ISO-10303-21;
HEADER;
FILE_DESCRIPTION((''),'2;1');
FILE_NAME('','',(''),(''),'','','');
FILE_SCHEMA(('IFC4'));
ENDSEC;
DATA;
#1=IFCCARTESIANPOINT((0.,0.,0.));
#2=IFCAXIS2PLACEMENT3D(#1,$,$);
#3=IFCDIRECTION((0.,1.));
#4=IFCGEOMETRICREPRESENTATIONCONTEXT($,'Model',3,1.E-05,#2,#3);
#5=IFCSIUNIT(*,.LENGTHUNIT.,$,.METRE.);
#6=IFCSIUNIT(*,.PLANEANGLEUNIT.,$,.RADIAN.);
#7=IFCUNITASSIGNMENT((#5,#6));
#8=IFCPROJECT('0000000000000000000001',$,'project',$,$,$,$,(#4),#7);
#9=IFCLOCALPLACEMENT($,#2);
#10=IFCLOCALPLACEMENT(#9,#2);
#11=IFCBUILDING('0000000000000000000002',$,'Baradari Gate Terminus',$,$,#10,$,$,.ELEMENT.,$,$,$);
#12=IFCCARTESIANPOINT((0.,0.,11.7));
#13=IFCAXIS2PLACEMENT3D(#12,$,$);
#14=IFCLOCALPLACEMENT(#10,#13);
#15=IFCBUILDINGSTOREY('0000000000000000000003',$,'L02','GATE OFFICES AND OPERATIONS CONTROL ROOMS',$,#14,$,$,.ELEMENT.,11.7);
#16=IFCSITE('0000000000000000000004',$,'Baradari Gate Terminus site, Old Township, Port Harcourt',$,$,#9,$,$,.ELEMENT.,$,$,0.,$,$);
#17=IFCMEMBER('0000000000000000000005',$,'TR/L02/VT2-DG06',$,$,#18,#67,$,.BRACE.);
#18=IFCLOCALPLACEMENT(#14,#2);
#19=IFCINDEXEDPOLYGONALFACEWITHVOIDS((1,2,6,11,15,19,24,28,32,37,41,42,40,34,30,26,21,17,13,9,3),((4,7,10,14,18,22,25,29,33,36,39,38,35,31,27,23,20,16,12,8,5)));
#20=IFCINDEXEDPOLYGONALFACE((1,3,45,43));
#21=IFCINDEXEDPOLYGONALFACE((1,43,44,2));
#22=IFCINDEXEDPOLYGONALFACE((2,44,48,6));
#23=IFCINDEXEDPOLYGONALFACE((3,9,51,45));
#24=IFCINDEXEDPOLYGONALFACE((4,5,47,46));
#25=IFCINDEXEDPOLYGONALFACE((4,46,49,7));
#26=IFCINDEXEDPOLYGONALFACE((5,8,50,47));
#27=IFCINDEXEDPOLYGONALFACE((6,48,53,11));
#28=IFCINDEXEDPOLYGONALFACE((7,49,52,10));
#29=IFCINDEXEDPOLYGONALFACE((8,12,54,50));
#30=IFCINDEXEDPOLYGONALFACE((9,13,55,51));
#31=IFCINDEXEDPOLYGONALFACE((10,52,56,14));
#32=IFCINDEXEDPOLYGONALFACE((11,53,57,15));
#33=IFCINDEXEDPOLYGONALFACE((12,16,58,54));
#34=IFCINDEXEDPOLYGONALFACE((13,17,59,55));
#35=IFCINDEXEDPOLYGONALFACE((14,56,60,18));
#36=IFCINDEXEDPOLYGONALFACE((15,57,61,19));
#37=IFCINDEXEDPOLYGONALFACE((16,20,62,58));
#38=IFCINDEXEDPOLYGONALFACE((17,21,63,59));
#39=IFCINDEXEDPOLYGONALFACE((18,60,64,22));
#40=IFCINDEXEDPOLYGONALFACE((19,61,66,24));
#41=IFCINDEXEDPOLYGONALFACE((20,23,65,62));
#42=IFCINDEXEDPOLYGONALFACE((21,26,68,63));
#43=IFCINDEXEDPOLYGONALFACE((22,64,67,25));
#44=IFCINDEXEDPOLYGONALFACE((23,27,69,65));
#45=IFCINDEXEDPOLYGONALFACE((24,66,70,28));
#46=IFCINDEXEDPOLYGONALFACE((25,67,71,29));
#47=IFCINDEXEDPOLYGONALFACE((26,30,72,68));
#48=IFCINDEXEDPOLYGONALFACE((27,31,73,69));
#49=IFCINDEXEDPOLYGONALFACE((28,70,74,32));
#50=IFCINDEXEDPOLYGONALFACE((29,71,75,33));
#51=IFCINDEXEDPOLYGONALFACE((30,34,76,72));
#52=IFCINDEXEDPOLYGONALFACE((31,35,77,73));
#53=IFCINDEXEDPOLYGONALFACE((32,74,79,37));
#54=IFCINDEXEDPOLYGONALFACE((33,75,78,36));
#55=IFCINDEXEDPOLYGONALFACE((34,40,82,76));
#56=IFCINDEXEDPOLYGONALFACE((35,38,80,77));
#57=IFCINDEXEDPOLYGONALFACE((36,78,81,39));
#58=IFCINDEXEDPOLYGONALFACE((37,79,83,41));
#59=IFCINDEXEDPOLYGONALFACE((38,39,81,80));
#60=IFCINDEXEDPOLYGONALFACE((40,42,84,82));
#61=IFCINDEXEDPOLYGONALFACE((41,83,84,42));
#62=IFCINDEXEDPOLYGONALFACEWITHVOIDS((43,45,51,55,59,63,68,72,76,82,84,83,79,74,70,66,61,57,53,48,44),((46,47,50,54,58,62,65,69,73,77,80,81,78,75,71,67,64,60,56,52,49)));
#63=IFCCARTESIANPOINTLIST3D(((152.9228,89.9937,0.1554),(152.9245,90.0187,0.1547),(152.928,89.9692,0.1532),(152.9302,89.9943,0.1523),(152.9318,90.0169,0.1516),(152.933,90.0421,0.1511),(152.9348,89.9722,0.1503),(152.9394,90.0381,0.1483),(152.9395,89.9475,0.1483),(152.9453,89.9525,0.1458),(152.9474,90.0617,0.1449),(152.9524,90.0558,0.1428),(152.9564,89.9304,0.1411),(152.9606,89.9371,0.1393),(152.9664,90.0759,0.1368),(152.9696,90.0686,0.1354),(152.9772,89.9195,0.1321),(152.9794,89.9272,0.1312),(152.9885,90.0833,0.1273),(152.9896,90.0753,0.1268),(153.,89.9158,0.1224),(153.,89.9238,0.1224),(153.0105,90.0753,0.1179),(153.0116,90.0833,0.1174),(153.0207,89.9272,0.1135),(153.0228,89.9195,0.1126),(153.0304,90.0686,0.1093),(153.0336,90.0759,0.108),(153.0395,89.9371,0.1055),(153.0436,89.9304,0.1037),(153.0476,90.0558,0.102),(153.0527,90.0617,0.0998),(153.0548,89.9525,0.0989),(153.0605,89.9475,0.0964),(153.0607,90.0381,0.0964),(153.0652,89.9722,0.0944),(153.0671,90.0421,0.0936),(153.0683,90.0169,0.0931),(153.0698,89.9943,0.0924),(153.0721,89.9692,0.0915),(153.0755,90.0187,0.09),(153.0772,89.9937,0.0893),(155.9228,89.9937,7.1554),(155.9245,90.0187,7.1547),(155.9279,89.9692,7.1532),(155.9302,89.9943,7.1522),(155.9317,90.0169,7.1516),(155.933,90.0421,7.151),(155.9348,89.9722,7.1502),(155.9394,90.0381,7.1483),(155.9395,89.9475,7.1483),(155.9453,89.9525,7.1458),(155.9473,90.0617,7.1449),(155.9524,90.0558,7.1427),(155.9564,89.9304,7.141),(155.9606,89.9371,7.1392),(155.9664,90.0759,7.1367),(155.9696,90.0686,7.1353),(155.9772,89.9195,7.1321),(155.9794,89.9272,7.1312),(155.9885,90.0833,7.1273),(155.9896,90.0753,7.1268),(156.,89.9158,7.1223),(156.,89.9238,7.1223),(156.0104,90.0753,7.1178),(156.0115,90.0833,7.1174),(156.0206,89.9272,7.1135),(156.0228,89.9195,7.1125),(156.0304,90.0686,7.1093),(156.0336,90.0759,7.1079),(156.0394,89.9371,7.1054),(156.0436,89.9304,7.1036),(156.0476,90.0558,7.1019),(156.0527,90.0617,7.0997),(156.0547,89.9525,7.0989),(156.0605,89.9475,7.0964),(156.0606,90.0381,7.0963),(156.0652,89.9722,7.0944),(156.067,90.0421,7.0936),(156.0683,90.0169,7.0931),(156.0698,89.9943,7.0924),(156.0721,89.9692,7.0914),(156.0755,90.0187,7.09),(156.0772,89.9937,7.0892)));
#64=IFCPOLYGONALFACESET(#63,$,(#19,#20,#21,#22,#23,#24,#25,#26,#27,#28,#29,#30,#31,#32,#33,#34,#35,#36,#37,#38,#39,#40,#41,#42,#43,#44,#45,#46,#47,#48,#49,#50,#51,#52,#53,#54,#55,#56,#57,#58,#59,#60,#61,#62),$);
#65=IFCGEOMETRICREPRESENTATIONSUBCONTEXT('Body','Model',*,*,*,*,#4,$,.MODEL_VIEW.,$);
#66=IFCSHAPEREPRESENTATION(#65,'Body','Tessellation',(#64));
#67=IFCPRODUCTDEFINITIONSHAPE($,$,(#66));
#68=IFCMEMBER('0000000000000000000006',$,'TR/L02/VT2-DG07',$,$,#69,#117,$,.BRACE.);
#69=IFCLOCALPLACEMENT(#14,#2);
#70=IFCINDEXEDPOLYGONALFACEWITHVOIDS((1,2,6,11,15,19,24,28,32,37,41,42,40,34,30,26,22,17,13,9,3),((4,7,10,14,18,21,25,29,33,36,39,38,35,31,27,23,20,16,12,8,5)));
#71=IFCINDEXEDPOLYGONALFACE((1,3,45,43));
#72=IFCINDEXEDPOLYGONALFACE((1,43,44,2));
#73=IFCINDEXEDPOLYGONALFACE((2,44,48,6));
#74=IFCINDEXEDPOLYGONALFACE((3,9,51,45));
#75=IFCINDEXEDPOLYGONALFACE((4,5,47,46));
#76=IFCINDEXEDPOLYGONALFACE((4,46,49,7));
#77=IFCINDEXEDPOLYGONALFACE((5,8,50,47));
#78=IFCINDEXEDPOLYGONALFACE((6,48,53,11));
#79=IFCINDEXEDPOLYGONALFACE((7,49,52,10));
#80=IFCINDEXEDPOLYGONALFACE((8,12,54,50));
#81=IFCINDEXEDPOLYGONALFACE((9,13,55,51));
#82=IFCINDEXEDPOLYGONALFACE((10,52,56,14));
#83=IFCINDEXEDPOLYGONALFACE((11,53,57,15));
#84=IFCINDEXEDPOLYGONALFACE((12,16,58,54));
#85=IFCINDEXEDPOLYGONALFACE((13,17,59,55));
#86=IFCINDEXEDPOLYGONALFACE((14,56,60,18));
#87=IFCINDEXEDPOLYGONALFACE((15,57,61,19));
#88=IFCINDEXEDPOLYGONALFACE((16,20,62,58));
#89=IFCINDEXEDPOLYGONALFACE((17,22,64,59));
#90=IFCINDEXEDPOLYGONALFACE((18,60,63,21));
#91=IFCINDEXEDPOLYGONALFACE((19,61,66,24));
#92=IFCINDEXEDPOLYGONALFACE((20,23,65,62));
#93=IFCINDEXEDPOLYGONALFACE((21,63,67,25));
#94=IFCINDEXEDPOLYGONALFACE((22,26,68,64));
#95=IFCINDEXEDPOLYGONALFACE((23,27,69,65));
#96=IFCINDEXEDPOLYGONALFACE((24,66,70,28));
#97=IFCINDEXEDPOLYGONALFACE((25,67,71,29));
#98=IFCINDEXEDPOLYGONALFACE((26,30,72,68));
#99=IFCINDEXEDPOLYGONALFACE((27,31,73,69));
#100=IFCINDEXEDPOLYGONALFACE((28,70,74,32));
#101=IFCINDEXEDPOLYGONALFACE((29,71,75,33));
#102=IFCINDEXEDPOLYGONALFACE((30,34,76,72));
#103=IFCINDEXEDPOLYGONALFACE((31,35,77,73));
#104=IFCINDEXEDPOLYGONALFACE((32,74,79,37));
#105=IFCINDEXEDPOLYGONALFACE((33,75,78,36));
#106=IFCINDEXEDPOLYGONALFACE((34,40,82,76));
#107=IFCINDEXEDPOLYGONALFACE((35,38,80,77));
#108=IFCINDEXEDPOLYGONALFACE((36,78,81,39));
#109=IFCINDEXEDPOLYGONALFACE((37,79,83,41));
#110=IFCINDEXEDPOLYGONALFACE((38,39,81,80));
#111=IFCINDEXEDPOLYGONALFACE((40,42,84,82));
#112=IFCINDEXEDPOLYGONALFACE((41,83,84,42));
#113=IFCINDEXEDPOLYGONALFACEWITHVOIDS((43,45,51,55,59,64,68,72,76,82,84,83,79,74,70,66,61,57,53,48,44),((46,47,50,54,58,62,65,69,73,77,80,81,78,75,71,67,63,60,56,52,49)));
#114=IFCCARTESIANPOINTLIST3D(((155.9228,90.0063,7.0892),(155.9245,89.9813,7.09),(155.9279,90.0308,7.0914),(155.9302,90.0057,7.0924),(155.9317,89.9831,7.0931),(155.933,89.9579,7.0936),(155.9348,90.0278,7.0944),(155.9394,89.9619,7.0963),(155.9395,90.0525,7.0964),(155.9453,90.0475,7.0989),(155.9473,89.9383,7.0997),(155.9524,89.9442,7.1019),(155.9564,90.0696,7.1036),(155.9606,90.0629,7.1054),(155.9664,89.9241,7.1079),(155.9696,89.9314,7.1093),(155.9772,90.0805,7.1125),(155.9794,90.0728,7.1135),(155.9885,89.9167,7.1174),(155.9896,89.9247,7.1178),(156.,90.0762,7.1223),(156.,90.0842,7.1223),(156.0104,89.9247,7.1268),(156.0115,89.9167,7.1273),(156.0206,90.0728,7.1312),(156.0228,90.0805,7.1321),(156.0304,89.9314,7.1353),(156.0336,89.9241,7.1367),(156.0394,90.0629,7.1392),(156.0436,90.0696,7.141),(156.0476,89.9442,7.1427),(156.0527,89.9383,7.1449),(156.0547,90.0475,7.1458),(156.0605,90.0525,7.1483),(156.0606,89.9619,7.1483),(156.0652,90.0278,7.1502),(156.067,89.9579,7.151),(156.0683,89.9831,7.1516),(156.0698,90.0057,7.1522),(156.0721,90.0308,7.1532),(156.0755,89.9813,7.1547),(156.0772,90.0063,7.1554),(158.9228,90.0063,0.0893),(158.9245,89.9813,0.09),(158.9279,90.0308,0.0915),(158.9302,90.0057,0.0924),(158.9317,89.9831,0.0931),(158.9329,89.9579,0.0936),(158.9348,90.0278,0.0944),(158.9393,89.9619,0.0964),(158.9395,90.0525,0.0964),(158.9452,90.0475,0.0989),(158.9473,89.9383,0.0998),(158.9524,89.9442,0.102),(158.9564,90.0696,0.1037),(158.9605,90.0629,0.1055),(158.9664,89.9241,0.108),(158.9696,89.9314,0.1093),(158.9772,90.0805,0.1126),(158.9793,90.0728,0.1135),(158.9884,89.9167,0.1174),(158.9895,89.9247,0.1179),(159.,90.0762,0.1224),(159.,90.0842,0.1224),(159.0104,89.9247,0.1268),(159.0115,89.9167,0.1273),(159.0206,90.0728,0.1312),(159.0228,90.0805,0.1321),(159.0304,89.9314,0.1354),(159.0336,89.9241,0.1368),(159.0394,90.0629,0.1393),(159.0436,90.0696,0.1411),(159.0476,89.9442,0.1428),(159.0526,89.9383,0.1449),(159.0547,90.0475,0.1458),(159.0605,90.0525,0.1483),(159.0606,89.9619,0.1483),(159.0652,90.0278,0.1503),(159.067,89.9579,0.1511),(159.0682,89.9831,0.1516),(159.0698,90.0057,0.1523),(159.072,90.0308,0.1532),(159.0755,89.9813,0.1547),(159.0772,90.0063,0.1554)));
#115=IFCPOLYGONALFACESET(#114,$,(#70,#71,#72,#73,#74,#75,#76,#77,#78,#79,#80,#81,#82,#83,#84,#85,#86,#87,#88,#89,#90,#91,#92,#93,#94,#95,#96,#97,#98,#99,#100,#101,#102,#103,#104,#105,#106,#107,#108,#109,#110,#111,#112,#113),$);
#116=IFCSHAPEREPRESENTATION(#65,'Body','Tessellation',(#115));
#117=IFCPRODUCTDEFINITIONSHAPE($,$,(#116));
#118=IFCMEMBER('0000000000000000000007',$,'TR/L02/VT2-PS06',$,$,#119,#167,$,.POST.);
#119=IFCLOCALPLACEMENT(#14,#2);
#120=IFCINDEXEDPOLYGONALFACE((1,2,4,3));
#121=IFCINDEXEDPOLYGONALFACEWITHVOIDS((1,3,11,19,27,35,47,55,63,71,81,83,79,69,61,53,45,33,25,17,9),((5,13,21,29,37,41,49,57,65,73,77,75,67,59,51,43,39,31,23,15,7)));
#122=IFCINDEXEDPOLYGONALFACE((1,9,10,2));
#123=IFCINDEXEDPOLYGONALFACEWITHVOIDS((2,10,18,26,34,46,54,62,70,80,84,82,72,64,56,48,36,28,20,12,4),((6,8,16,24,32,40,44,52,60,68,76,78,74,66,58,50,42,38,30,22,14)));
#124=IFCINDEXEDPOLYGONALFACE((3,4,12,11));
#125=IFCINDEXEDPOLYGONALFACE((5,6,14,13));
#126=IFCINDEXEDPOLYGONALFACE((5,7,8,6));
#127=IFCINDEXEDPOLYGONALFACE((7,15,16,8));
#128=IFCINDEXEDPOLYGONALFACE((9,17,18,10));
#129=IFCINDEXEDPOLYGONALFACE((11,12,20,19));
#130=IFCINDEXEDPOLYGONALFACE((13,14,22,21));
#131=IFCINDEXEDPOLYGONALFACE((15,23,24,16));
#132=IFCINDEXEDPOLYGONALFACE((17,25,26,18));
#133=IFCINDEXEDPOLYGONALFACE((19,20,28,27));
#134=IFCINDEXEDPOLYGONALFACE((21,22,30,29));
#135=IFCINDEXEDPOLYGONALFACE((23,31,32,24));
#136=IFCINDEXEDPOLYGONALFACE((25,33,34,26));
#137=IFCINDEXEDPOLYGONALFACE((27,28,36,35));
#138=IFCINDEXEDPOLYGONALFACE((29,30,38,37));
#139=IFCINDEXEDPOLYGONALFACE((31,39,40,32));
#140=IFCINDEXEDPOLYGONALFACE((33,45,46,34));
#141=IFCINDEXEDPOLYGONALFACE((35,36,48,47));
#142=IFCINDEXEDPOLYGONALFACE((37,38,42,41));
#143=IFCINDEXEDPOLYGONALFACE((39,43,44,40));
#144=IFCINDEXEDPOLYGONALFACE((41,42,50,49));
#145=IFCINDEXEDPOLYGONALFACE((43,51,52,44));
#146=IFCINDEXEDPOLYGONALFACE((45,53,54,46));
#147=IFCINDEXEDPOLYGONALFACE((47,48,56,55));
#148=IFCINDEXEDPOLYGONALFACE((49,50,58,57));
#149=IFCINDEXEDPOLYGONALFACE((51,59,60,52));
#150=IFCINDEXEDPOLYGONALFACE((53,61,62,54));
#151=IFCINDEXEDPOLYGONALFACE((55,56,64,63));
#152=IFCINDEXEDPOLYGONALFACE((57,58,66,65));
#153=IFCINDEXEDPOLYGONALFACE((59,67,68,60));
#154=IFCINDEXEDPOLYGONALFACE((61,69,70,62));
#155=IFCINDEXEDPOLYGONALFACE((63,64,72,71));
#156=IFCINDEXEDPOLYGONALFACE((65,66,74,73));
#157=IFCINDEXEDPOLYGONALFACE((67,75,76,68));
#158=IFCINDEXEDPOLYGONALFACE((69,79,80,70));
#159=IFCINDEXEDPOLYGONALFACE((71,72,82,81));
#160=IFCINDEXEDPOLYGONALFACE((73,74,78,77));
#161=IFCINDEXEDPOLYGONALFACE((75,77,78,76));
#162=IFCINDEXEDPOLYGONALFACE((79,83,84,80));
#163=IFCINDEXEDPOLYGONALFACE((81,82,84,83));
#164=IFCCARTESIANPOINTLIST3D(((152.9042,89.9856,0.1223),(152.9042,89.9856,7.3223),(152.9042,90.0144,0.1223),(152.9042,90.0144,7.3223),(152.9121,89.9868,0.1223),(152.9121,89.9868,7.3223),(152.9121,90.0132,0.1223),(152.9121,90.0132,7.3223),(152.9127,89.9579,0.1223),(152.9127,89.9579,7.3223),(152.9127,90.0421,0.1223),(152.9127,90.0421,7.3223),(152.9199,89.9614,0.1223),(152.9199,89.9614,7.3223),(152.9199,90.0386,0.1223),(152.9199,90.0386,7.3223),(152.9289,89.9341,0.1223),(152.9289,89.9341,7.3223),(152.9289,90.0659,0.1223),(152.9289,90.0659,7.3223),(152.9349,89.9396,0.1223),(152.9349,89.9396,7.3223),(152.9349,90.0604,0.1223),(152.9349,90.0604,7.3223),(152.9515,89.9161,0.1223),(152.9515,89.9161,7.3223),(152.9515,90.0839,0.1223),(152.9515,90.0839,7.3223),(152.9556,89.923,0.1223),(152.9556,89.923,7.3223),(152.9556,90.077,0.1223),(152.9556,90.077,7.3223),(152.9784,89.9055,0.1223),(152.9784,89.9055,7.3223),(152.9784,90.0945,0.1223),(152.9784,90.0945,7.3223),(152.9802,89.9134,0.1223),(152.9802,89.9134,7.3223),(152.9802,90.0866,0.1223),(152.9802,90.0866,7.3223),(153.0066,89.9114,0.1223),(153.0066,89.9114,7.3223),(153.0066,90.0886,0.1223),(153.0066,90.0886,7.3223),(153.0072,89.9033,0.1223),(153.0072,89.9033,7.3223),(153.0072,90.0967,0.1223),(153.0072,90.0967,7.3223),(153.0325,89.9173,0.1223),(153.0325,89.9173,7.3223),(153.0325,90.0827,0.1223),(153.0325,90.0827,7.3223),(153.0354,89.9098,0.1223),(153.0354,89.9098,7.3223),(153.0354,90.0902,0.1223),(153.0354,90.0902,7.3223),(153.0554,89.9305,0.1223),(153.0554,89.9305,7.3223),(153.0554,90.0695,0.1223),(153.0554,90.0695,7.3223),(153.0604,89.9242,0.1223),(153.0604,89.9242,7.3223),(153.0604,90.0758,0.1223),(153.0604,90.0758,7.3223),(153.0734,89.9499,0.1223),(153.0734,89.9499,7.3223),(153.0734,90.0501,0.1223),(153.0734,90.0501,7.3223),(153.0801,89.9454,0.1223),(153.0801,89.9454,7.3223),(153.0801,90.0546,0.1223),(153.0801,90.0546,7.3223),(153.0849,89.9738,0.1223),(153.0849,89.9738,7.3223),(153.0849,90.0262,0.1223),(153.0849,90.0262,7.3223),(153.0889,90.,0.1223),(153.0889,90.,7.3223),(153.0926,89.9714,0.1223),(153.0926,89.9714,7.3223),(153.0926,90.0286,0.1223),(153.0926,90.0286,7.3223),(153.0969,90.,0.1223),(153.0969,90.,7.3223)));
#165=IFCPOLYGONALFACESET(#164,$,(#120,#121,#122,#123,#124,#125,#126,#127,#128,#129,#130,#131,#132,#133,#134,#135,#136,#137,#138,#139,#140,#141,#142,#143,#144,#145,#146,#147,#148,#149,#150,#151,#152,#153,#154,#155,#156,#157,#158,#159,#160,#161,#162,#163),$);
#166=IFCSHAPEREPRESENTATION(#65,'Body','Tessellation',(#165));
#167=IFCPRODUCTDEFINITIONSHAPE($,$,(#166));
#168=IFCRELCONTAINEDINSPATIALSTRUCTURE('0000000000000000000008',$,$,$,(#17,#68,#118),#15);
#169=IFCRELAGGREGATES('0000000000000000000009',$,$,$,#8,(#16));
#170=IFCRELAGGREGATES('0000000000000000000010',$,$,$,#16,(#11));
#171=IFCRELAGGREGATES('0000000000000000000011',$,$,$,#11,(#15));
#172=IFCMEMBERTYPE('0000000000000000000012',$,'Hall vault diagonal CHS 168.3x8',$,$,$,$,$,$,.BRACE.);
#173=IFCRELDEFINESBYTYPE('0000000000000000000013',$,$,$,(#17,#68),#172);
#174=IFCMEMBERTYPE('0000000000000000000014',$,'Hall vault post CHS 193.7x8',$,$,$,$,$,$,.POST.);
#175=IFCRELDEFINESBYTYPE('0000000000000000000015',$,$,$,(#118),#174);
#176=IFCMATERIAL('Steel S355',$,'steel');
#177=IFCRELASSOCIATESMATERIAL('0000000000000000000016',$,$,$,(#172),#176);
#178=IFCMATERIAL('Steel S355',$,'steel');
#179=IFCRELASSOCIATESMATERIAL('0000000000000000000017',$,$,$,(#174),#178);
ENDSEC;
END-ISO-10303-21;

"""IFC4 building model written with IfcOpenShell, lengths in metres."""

from ifc_helpers import new_model, si_unit, direction, frame, origin, origin_2d, place, context, subcontext, project, spatial, hollow_circle, extrude, material, material_profile, profile_set, type_object, element, save


model = new_model("IFC4")

# Units and contexts
model_context = context("Model", 3, precision=1e-05, world=origin(), true_north=direction((0.0, 1.0)))
body_context = subcontext(model_context, "Body", "Model", "MODEL_VIEW")
ifc_project = project(units=[si_unit("LENGTHUNIT", "METRE"), si_unit("PLANEANGLEUNIT", "RADIAN")], contexts=[model_context])

# Site, building, storey
site_placement = place(None, origin())
site = spatial("IfcSite", under=ifc_project, at=site_placement, Name="Baradari Gate Terminus site, Old Township, Port Harcourt", CompositionType="ELEMENT", RefElevation=0.0)
building_placement = place(site_placement, origin())
building = spatial("IfcBuilding", under=site, at=building_placement, Name="Baradari Gate Terminus", CompositionType="ELEMENT")
storey_placement = place(building_placement, frame((0.0, 0.0, 11.7)))
storey = spatial("IfcBuildingStorey", under=building, at=storey_placement, Name="L02", Description="GATE OFFICES AND OPERATIONS CONTROL ROOMS", CompositionType="ELEMENT", Elevation=11.7)

# Members
ifc_material_1 = material(Name="Steel S355", Category="steel")
ifc_material_profile_1 = material_profile(ifc_material_1, hollow_circle(Radius=0.0842, WallThickness=0.0081, at=origin_2d()), Name="CHS 168.3x8")
ifc_profile_set_1 = profile_set([ifc_material_profile_1], Name="Steel S355")
member_type_1 = type_object("IfcMemberType", Name="Hall vault diagonal CHS 168.3x8", PredefinedType="BRACE", material=ifc_profile_set_1)
for number, where, z_axis, x_axis, name in (
    (1, (156.0, 90.0, 7.1223), (-0.393919, 0.0, -0.919145), (0.0, -1.0, 0.0), "TR/L02/VT2-DG06"),
    (2, (156.0, 90.0, 7.1223), (0.393919, 0.0, -0.919145), (0.0, 1.0, 0.0), "TR/L02/VT2-DG07"),
):
    element("IfcMember", number, at=place(storey_placement, frame(where, z_axis=z_axis, x_axis=x_axis)), inside=storey, type_object=member_type_1, Name=name, PredefinedType="BRACE", context=body_context, shape_type="SweptSolid", body=[
        extrude(hollow_circle(Radius=0.0842, WallThickness=0.0081, at=origin_2d()), origin(), (0.0, 0.0, 1.0), 7.6157),
    ])
ifc_material_2 = material(Name="Steel S355", Category="steel")
ifc_material_profile_2 = material_profile(ifc_material_2, hollow_circle(Radius=0.0969, WallThickness=0.0081, at=origin_2d()), Name="CHS 193.7x8")
ifc_profile_set_2 = profile_set([ifc_material_profile_2], Name="Steel S355")
member_type_2 = type_object("IfcMemberType", Name="Hall vault post CHS 193.7x8", PredefinedType="POST", material=ifc_profile_set_2)
member_1_placement = place(storey_placement, frame((153.0, 90.0, 0.1223), z_axis=(0.0, 0.0, 1.0), x_axis=(1.0, 0.0, 0.0)))
element("IfcMember", 3, at=member_1_placement, inside=storey, type_object=member_type_2, Name="TR/L02/VT2-PS06", PredefinedType="POST", context=body_context, shape_type="SweptSolid", body=[
    extrude(hollow_circle(Radius=0.0969, WallThickness=0.0081, at=origin_2d()), origin(), (0.0, 0.0, 1.0), 7.2),
])

save(model, "model.ifc")
